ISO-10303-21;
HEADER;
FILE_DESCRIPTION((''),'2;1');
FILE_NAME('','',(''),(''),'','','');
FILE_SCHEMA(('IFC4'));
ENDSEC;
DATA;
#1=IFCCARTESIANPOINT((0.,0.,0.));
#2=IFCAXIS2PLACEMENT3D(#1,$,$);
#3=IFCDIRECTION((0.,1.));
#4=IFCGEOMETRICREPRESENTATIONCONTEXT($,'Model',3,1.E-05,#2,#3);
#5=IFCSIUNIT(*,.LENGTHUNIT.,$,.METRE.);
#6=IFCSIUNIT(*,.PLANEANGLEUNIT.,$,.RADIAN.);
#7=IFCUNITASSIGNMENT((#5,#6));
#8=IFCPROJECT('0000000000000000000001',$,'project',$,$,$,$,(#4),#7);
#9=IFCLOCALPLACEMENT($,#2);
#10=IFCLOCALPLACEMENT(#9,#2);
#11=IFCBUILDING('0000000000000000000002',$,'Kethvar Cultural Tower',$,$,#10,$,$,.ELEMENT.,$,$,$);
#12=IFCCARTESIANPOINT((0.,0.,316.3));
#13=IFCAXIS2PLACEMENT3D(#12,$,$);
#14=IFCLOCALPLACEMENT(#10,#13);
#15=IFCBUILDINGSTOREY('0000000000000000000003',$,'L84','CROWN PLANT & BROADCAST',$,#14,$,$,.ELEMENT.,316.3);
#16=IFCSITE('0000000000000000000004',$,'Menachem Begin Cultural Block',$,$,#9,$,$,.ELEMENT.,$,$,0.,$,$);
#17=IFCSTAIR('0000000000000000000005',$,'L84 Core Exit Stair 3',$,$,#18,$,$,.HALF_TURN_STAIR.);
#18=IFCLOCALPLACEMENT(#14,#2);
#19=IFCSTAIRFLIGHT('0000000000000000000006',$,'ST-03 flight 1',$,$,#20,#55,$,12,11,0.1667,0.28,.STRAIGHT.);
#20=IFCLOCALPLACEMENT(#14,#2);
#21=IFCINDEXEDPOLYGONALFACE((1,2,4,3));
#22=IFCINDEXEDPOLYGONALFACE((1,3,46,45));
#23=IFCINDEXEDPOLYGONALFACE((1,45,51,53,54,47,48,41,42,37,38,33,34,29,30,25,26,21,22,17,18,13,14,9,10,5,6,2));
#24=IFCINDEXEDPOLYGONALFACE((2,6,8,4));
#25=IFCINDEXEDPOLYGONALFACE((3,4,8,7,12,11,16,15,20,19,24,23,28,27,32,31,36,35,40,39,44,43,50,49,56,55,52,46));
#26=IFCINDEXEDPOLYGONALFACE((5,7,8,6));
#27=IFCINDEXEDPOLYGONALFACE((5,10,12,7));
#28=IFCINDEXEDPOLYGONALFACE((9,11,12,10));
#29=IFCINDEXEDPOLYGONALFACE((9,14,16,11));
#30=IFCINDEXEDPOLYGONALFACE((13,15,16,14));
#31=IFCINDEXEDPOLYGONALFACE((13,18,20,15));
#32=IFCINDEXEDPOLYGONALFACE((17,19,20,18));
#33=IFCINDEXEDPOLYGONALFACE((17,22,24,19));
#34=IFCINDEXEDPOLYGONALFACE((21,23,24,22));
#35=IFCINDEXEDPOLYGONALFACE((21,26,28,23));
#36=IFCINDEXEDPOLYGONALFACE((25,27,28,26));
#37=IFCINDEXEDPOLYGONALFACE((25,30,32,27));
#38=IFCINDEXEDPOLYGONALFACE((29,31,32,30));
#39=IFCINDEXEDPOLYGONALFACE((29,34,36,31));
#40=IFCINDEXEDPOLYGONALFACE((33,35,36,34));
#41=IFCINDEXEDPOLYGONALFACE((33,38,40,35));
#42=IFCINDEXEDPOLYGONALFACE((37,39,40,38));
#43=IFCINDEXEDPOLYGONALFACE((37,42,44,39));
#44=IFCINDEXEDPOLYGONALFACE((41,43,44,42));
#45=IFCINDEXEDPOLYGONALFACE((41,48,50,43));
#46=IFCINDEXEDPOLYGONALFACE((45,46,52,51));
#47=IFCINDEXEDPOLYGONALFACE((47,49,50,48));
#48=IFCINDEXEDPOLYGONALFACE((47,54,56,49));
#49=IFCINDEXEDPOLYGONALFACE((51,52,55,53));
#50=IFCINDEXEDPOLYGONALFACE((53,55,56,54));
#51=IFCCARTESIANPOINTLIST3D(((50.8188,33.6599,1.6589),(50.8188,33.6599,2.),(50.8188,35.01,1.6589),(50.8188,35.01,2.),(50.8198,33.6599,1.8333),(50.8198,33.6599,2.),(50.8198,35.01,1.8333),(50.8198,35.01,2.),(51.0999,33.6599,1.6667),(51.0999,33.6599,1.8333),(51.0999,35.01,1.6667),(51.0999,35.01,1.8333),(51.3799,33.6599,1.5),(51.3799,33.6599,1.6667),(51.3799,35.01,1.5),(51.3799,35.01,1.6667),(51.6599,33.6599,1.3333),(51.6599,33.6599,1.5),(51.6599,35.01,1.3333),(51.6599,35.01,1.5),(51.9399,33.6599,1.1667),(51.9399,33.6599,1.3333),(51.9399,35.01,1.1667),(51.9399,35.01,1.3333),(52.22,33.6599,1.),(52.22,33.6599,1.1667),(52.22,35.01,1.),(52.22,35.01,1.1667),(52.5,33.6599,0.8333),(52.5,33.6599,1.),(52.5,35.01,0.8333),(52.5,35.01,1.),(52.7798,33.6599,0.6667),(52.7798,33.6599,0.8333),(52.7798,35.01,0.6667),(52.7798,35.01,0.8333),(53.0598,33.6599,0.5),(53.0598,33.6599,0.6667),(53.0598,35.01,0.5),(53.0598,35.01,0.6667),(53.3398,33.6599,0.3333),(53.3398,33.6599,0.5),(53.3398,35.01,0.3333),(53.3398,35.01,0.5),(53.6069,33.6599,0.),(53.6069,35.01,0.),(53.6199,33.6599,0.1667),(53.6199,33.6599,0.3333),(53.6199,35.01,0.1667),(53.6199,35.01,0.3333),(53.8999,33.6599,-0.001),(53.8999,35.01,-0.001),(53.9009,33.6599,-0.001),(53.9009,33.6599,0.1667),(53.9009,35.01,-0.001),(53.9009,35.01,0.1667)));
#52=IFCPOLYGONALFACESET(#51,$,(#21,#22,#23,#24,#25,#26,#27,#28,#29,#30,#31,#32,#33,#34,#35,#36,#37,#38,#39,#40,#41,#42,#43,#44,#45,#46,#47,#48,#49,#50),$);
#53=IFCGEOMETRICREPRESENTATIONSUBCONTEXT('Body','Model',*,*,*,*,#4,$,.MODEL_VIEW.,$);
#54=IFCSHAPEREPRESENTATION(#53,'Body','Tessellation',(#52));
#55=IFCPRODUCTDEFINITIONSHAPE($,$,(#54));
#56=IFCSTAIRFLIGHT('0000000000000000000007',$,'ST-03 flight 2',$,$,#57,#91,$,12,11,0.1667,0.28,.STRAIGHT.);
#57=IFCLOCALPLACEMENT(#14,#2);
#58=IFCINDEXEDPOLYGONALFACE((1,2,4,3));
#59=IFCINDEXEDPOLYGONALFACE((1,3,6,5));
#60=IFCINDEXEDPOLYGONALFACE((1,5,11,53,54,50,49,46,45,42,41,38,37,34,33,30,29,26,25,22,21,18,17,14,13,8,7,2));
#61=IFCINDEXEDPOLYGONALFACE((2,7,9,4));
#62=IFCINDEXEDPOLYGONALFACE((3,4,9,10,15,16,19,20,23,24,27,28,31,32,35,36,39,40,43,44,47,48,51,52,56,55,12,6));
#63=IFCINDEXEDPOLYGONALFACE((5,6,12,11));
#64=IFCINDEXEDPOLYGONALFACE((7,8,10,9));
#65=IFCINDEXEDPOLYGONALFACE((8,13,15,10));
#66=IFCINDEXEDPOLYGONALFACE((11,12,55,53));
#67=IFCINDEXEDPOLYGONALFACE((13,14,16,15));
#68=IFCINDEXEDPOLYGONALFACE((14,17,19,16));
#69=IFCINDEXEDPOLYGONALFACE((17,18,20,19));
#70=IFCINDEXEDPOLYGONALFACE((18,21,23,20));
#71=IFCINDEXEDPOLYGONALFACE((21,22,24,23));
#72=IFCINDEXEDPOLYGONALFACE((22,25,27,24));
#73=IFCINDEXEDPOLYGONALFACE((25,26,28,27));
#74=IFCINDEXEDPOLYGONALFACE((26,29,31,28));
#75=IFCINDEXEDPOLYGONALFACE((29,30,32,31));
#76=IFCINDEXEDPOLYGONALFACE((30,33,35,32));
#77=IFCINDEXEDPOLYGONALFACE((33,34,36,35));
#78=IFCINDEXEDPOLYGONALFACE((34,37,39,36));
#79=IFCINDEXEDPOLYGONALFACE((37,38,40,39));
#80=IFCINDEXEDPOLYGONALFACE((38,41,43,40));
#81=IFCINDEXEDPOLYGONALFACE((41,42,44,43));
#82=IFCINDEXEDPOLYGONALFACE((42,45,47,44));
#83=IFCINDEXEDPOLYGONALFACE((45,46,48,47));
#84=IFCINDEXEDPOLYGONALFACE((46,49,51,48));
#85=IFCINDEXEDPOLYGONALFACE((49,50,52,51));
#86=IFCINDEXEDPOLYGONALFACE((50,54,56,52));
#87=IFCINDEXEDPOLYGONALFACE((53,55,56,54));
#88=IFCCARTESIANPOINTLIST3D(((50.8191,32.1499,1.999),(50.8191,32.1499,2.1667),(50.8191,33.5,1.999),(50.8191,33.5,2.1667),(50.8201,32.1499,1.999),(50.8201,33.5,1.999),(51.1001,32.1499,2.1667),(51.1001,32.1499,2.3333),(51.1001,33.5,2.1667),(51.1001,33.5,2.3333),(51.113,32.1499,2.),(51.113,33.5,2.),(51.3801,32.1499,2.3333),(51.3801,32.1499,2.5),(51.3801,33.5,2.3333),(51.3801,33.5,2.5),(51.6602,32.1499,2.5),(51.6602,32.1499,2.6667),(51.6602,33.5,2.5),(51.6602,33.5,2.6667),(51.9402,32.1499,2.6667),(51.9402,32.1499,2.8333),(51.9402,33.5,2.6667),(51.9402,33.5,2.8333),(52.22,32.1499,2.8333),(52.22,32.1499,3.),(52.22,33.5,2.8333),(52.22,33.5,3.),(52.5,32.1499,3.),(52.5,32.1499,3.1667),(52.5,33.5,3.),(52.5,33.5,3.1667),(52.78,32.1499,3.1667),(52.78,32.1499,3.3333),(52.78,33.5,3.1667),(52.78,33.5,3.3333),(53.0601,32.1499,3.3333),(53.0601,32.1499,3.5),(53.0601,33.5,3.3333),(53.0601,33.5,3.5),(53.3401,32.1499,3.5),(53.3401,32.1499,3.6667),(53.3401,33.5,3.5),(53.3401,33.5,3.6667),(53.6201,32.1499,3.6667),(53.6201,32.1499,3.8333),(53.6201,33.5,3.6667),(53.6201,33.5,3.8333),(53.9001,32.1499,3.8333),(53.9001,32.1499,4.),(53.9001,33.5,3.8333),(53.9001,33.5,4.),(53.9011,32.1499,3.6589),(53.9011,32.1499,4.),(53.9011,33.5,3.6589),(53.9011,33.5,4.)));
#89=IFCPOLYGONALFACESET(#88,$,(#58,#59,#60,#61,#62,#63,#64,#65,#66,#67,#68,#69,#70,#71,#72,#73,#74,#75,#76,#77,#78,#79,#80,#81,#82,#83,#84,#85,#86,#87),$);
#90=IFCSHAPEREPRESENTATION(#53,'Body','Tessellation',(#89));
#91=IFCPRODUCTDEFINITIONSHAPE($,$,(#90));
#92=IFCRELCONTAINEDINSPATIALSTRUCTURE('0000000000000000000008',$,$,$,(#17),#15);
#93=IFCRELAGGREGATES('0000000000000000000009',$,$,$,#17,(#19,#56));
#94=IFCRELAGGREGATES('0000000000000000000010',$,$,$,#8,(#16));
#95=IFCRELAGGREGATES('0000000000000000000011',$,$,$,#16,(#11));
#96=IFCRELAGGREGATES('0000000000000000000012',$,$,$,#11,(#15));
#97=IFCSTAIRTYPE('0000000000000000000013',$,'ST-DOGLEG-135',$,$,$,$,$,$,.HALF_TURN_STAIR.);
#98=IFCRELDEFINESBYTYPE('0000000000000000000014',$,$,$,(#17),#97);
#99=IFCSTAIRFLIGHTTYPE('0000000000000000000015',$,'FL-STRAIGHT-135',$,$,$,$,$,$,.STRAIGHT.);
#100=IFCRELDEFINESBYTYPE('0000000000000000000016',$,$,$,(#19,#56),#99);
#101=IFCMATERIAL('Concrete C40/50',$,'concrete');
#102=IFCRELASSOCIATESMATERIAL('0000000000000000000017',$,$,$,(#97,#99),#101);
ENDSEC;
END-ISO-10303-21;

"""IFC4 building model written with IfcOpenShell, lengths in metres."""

from ifc_helpers import new_model, si_unit, direction, frame, origin, place, context, subcontext, project, spatial, polyline, outline, extrude, material, type_object, element, aggregate, save


model = new_model("IFC4")

# Units and contexts
model_context = context("Model", 3, precision=1e-05, world=origin(), true_north=direction((0.0, 1.0)))
body_context = subcontext(model_context, "Body", "Model", "MODEL_VIEW")
ifc_project = project(units=[si_unit("LENGTHUNIT", "METRE"), si_unit("PLANEANGLEUNIT", "RADIAN")], contexts=[model_context])

# Site, building, storey
site_placement = place(None, origin())
site = spatial("IfcSite", under=ifc_project, at=site_placement, Name="Menachem Begin Cultural Block", CompositionType="ELEMENT", RefElevation=0.0)
building_placement = place(site_placement, origin())
building = spatial("IfcBuilding", under=site, at=building_placement, Name="Kethvar Cultural Tower", CompositionType="ELEMENT")
storey_placement = place(building_placement, frame((0.0, 0.0, 316.3)))
storey = spatial("IfcBuildingStorey", under=building, at=storey_placement, Name="L84", Description="CROWN PLANT & BROADCAST", CompositionType="ELEMENT", Elevation=316.3)

# Shared definitions
ifc_material_1 = material(Name="Concrete C40/50", Category="concrete")

# Stair, stair flights
stair_type = type_object("IfcStairType", Name="ST-DOGLEG-135", PredefinedType="HALF_TURN_STAIR", material=ifc_material_1)
stair_placement = place(storey_placement, origin())
stair = element("IfcStair", 1, at=stair_placement, inside=storey, type_object=stair_type, Name="L84 Core Exit Stair 3", PredefinedType="HALF_TURN_STAIR")
stair_flight_type = type_object("IfcStairFlightType", Name="FL-STRAIGHT-135", PredefinedType="STRAIGHT", material=ifc_material_1)
stair_flight_1_placement = place(storey_placement, frame((53.8999, 34.335, 0.0), z_axis=(0.0, 0.0, 1.0), x_axis=(-1.0, 0.0, 0.0)))
stair_flight_1 = element("IfcStairFlight", 2, at=stair_flight_1_placement, type_object=stair_flight_type, Name="ST-03 flight 1", NumberOfRisers=12, NumberOfTreads=11, PredefinedType="STRAIGHT", RiserHeight=0.1667, TreadLength=0.28, context=body_context, shape_type="SweptSolid", body=[
    extrude(outline(polyline([(-0.001, -0.001), (-0.001, 0.1667), (0.28, 0.1667), (0.28, 0.3333), (0.5601, 0.3333), (0.5601, 0.5), (0.8401, 0.5), (0.8401, 0.6667), (1.1201, 0.6667), (1.1201, 0.8333), (1.3999, 0.8333), (1.3999, 1.0), (1.6799, 1.0), (1.6799, 1.1667), (1.96, 1.1667), (1.96, 1.3333), (2.24, 1.3333), (2.24, 1.5), (2.52, 1.5), (2.52, 1.6667), (2.8, 1.6667), (2.8, 1.8333), (3.0801, 1.8333), (3.0801, 2.0), (3.0811, 2.0), (3.0811, 1.6589), (0.293, 0.0), (0.0, -0.001), (-0.001, -0.001)])), frame((0.0, 0.675, 0.0), z_axis=(0.0, -1.0, 0.0), x_axis=(1.0, 0.0, 0.0)), (0.0, 0.0, 1.0), 1.3501),
])
stair_flight_2_placement = place(storey_placement, frame((50.8201, 32.825, 2.0), z_axis=(0.0, 0.0, 1.0), x_axis=(1.0, 0.0, 0.0)))
stair_flight_2 = element("IfcStairFlight", 3, at=stair_flight_2_placement, type_object=stair_flight_type, Name="ST-03 flight 2", NumberOfRisers=12, NumberOfTreads=11, PredefinedType="STRAIGHT", RiserHeight=0.1667, TreadLength=0.28, context=body_context, shape_type="SweptSolid", body=[
    extrude(outline(polyline([(-0.001, -0.001), (-0.001, 0.1667), (0.28, 0.1667), (0.28, 0.3333), (0.5601, 0.3333), (0.5601, 0.5), (0.8401, 0.5), (0.8401, 0.6667), (1.1201, 0.6667), (1.1201, 0.8333), (1.3999, 0.8333), (1.3999, 1.0), (1.6799, 1.0), (1.6799, 1.1667), (1.96, 1.1667), (1.96, 1.3333), (2.24, 1.3333), (2.24, 1.5), (2.52, 1.5), (2.52, 1.6667), (2.8, 1.6667), (2.8, 1.8333), (3.0801, 1.8333), (3.0801, 2.0), (3.0811, 2.0), (3.0811, 1.6589), (0.293, 0.0), (0.0, -0.001), (-0.001, -0.001)])), frame((0.0, 0.675, 0.0), z_axis=(0.0, -1.0, 0.0), x_axis=(1.0, 0.0, 0.0)), (0.0, 0.0, 1.0), 1.3501),
])
aggregate(stair, [stair_flight_1, stair_flight_2])

save(model, "model.ifc")
